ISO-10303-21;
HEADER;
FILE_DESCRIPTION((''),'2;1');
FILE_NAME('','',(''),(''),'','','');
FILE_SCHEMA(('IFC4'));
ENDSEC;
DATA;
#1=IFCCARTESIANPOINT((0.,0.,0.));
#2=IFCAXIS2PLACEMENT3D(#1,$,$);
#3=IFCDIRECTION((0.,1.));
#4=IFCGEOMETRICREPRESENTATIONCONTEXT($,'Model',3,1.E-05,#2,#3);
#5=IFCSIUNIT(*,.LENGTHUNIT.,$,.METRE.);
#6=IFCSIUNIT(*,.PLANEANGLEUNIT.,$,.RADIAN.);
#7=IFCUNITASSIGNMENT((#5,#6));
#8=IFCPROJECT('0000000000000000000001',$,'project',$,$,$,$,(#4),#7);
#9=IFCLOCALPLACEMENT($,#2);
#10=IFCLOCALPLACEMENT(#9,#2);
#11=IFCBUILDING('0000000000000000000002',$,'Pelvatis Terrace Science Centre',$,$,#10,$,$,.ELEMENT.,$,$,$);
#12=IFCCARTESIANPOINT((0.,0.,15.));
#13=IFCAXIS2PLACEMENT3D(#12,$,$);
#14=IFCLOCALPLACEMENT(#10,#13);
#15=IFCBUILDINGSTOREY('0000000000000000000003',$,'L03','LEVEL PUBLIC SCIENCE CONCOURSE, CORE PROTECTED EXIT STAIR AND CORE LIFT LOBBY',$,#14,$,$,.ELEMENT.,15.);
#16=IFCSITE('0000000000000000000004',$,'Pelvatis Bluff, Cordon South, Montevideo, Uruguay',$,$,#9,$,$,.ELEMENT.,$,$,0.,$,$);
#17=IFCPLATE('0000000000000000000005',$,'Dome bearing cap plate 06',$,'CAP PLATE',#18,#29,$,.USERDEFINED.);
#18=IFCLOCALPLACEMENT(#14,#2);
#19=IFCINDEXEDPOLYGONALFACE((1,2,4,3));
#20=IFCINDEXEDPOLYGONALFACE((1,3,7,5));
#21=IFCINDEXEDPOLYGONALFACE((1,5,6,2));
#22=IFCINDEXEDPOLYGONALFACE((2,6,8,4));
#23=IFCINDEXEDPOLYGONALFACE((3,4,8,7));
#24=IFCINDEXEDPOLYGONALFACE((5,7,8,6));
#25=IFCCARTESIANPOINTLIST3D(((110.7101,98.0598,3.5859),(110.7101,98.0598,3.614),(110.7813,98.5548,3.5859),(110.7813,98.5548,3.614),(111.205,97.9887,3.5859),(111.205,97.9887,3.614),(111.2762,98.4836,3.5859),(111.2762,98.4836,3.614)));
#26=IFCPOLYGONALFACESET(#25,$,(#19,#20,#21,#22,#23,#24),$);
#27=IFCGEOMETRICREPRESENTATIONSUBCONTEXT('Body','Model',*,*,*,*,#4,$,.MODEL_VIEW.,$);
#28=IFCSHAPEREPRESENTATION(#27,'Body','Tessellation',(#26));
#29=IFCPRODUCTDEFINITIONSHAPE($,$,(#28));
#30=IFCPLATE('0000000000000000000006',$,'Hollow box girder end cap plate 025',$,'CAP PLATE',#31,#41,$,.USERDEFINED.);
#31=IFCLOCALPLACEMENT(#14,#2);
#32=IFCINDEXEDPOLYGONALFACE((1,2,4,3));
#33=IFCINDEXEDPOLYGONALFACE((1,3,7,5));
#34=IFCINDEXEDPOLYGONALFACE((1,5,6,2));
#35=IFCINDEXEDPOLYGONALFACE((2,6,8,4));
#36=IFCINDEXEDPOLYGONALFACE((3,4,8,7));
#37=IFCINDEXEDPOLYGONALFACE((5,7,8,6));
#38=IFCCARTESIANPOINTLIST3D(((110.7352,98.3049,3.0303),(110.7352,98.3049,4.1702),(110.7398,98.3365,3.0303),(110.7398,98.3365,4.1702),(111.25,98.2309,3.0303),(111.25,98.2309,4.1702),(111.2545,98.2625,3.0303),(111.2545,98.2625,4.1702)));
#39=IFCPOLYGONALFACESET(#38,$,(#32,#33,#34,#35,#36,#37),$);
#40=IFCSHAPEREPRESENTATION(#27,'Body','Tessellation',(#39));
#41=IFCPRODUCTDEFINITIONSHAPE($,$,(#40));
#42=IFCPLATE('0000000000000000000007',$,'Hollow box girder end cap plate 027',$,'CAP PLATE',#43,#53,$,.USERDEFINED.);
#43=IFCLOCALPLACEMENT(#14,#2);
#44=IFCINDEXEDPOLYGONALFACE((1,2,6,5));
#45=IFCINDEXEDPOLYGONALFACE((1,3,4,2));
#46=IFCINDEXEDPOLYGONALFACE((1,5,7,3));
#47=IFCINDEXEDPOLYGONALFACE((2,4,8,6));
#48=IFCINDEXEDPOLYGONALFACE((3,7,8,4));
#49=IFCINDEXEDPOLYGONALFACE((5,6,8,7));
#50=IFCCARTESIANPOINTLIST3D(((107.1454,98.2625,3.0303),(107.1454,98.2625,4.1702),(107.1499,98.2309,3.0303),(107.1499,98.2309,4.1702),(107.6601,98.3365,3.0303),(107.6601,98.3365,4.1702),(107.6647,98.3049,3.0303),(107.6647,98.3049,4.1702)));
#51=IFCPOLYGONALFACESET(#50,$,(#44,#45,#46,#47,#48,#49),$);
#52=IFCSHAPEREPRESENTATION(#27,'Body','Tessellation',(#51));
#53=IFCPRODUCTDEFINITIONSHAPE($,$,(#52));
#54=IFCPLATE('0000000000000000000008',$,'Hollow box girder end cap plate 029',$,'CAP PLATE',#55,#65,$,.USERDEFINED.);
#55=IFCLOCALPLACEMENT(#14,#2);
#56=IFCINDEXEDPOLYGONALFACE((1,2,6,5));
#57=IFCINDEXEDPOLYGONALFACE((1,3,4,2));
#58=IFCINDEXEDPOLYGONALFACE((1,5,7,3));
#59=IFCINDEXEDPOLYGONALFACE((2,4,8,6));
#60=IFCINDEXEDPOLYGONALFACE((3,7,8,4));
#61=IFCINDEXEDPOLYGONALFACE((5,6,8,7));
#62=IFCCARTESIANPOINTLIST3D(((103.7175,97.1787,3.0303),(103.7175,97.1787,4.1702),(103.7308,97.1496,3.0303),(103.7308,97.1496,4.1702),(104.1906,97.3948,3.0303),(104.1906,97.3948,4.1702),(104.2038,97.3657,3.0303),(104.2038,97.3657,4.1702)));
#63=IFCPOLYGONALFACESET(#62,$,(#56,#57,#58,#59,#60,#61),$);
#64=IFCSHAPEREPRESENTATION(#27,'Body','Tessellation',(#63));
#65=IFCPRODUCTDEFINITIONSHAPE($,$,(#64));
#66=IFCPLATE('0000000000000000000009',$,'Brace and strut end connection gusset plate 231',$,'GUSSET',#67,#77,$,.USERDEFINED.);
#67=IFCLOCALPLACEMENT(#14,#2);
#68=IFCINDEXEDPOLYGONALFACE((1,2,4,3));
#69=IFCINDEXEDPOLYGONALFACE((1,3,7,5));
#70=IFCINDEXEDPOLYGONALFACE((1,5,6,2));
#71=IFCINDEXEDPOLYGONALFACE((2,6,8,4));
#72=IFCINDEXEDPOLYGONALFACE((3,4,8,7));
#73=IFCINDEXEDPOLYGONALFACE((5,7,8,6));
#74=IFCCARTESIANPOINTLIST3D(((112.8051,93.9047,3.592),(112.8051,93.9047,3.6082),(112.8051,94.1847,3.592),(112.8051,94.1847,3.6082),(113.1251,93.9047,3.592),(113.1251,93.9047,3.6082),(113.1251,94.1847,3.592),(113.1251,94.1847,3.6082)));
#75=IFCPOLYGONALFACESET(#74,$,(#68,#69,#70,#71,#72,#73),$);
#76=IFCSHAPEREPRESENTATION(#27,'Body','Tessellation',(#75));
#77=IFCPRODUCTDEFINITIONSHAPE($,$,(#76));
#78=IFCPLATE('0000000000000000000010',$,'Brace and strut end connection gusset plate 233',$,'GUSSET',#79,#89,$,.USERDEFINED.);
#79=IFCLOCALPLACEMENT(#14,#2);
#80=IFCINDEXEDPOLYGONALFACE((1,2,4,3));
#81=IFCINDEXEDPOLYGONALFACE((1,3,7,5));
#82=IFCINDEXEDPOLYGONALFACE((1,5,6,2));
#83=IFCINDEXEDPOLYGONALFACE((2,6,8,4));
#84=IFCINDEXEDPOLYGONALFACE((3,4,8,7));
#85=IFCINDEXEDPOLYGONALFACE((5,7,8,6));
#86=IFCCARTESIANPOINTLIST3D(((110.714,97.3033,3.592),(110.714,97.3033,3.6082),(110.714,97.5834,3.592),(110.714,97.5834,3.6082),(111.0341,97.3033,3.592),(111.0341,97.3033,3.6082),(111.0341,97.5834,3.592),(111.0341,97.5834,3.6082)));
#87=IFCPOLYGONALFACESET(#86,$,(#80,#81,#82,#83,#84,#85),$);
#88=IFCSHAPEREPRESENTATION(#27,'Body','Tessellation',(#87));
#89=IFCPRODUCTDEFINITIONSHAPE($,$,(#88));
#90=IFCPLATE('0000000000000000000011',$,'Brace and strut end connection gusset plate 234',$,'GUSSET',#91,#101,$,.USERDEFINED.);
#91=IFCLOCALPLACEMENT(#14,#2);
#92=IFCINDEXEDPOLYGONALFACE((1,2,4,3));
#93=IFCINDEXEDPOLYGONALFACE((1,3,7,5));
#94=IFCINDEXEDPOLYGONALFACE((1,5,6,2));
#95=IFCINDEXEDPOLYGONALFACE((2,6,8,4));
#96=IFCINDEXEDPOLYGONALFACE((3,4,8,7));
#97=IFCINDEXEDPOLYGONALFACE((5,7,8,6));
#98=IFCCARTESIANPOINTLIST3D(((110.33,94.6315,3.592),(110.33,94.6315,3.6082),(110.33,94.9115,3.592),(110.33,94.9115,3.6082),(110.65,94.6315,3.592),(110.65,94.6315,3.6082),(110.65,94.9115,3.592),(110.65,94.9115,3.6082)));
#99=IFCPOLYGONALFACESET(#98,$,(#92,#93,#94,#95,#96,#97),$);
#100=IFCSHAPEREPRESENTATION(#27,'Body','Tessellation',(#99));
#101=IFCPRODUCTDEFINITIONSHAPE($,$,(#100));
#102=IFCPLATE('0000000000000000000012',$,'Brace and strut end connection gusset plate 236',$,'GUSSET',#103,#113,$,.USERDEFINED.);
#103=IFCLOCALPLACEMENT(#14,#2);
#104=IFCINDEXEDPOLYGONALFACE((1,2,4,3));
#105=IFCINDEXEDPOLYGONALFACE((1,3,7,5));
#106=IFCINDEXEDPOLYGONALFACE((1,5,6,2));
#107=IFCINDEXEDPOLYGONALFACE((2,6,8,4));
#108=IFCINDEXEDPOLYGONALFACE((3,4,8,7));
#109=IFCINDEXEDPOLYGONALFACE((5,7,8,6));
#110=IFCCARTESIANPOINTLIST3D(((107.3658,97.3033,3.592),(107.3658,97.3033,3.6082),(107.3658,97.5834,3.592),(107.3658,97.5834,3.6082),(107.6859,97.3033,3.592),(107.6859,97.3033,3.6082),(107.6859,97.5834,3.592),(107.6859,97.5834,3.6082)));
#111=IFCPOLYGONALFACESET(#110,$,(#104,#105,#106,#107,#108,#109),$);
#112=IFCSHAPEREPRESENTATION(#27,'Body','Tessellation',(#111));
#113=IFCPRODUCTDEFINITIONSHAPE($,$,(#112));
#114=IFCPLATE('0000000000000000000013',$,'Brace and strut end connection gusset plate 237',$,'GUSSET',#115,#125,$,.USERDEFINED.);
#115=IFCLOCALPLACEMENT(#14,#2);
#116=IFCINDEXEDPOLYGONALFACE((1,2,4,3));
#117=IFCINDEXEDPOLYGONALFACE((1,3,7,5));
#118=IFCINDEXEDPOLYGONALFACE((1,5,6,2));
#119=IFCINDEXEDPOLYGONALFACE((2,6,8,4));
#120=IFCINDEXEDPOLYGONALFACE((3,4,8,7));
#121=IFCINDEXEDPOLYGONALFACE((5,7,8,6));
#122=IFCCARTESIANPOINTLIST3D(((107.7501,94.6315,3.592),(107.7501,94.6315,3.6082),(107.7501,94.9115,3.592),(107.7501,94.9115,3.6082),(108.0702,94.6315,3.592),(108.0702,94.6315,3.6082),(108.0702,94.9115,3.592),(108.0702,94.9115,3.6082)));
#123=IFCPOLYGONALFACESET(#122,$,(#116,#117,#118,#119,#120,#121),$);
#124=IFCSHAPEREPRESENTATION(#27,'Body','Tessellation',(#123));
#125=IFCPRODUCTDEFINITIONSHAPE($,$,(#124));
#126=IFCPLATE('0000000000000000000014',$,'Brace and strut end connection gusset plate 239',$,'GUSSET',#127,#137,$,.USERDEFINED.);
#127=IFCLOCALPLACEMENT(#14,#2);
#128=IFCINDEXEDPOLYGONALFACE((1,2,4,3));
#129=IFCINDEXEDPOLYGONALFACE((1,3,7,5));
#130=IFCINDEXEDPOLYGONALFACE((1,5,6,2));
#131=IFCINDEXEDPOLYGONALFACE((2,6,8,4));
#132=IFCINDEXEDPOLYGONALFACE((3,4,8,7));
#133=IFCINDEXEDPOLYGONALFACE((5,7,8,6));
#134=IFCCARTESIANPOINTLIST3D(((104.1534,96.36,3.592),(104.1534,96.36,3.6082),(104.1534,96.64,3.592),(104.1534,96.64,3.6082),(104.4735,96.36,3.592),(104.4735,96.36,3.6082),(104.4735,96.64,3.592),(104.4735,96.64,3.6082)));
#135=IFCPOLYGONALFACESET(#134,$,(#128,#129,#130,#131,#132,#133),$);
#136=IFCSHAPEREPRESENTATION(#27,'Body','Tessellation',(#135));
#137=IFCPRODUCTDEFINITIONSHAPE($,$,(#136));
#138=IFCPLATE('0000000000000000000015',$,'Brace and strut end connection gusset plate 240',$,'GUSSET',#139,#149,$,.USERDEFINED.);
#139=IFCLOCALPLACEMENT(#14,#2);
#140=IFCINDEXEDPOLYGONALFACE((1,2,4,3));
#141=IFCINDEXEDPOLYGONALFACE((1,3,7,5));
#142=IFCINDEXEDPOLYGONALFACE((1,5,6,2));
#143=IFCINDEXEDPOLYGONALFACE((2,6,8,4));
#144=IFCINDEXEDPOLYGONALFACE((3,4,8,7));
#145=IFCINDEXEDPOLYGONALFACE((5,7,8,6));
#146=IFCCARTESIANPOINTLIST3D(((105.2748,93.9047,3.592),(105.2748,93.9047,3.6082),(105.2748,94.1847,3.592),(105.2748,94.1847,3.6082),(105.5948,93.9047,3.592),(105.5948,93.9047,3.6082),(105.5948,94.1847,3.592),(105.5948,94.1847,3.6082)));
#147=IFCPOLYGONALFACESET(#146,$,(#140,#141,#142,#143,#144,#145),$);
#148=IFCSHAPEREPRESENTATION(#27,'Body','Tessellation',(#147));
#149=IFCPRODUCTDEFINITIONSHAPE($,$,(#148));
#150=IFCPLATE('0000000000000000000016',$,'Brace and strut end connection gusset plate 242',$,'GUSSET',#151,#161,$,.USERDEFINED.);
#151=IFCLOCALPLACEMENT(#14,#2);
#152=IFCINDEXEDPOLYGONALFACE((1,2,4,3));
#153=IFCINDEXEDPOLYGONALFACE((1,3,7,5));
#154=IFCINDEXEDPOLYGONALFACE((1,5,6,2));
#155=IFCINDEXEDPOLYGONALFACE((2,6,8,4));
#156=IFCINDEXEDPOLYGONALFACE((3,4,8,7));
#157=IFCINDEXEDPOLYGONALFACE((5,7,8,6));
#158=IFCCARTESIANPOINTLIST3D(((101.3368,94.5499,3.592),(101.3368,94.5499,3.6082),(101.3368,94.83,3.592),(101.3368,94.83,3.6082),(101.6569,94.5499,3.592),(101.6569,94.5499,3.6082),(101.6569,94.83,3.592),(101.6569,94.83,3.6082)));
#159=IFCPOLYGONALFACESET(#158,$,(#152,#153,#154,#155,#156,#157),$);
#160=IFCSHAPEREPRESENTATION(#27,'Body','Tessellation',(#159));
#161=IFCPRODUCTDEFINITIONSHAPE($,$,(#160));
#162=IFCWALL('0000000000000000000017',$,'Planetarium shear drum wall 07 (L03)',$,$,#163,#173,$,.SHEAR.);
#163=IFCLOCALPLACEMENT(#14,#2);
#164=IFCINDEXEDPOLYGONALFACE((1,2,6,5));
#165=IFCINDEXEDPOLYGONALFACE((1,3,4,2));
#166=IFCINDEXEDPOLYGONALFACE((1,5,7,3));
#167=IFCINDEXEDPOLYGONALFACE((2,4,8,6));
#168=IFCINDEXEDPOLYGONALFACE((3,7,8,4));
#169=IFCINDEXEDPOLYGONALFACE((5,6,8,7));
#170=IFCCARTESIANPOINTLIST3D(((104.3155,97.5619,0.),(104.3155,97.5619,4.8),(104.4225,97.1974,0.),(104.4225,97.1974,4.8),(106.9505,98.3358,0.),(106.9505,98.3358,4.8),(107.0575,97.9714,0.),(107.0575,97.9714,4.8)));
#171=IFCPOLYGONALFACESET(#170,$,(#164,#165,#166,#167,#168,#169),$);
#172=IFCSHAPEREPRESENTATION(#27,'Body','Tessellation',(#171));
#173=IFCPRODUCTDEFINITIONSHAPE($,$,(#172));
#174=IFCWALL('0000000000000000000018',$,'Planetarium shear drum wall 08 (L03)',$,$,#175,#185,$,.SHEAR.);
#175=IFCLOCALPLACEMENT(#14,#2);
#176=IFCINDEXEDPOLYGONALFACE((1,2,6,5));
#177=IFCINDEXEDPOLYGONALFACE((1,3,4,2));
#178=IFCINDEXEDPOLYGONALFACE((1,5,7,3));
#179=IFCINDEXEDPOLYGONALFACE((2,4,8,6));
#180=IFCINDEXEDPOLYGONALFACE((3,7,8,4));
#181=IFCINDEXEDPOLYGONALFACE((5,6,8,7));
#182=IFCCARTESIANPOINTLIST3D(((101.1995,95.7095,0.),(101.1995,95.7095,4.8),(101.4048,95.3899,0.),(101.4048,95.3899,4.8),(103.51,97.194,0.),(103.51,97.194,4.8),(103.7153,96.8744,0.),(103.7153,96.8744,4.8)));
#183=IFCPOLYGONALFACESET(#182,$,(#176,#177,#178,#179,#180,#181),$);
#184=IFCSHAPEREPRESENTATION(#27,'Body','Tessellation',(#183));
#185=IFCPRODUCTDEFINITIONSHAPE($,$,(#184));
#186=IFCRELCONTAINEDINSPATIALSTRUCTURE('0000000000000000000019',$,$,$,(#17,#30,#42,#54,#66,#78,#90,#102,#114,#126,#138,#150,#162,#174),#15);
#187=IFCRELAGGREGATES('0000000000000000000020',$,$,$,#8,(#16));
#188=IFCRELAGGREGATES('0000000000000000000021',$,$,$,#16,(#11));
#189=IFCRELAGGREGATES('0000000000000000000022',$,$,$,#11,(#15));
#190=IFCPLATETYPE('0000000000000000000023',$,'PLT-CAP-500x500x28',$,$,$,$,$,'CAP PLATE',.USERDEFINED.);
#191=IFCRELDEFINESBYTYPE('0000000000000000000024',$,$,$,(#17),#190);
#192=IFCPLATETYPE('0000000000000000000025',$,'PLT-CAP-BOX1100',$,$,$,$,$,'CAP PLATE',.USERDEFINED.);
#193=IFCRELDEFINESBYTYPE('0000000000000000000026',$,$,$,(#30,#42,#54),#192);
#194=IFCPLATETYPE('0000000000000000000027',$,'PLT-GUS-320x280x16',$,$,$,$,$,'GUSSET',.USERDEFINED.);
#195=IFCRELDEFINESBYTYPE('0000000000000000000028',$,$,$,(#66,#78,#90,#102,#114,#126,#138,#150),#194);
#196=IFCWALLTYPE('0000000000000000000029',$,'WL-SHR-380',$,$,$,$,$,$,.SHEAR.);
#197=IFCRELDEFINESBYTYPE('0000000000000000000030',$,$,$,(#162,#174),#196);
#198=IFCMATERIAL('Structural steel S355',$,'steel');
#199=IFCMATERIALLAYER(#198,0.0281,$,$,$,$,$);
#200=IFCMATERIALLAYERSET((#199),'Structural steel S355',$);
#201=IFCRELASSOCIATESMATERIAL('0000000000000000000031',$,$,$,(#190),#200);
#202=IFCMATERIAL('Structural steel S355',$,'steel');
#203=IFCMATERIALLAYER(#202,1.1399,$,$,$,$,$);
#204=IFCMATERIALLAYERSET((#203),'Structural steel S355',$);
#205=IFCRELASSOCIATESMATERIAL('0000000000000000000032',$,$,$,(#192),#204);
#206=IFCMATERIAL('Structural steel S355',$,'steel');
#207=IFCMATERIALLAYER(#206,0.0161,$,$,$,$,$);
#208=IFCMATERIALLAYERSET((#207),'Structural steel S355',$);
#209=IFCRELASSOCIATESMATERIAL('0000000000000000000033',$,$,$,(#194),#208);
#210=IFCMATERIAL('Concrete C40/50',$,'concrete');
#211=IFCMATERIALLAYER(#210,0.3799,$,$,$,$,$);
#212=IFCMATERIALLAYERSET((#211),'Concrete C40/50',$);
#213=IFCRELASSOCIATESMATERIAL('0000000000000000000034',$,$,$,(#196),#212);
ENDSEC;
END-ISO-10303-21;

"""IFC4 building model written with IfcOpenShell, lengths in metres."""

from ifc_helpers import new_model, si_unit, direction, frame, frame_2d, origin, origin_2d, place, context, subcontext, project, spatial, rectangle, extrude, material, layer, layer_set, type_object, element, save


model = new_model("IFC4")

# Units and contexts
model_context = context("Model", 3, precision=1e-05, world=origin(), true_north=direction((0.0, 1.0)))
body_context = subcontext(model_context, "Body", "Model", "MODEL_VIEW")
ifc_project = project(units=[si_unit("LENGTHUNIT", "METRE"), si_unit("PLANEANGLEUNIT", "RADIAN")], contexts=[model_context])

# Site, building, storey
site_placement = place(None, origin())
site = spatial("IfcSite", under=ifc_project, at=site_placement, Name="Pelvatis Bluff, Cordon South, Montevideo, Uruguay", CompositionType="ELEMENT", RefElevation=0.0)
building_placement = place(site_placement, origin())
building = spatial("IfcBuilding", under=site, at=building_placement, Name="Pelvatis Terrace Science Centre", CompositionType="ELEMENT")
storey_placement = place(building_placement, frame((0.0, 0.0, 15.0)))
storey = spatial("IfcBuildingStorey", under=building, at=storey_placement, Name="L03", Description="LEVEL PUBLIC SCIENCE CONCOURSE, CORE PROTECTED EXIT STAIR AND CORE LIFT LOBBY", CompositionType="ELEMENT", Elevation=15.0)

# Plates
ifc_material_1 = material(Name="Structural steel S355", Category="steel")
ifc_layer_1 = layer(ifc_material_1, 0.0281)
ifc_layer_set_1 = layer_set([ifc_layer_1], Name="Structural steel S355")
plate_type_1 = type_object("IfcPlateType", Name="PLT-CAP-500x500x28", ElementType="CAP PLATE", PredefinedType="USERDEFINED", material=ifc_layer_set_1)
plate_1_placement = place(storey_placement, frame((110.9932, 98.2717, 3.5859), z_axis=(0.0, 0.0, 1.0), x_axis=(0.142283, 0.989826, 0.0)))
element("IfcPlate", 1, at=plate_1_placement, inside=storey, type_object=plate_type_1, Name="Dome bearing cap plate 06", ObjectType="CAP PLATE", PredefinedType="USERDEFINED", context=body_context, shape_type="SweptSolid", body=[
    extrude(rectangle(XDim=0.5, YDim=0.5, at=origin_2d()), origin(), (0.0, 0.0, 1.0), 0.0281),
])
ifc_material_2 = material(Name="Structural steel S355", Category="steel")
ifc_layer_2 = layer(ifc_material_2, 1.1399)
ifc_layer_set_2 = layer_set([ifc_layer_2], Name="Structural steel S355")
plate_type_2 = type_object("IfcPlateType", Name="PLT-CAP-BOX1100", ElementType="CAP PLATE", PredefinedType="USERDEFINED", material=ifc_layer_set_2)
for number, where, z_axis, x_axis, name in (
    (2, (110.9949, 98.2837, 3.0303), (0.0, 0.0, 1.0), (-0.142283, -0.989826, 0.0), "Hollow box girder end cap plate 025"),
    (3, (107.405, 98.2837, 3.0303), (0.0, 0.0, 1.0), (0.142283, -0.989826, 0.0), "Hollow box girder end cap plate 027"),
    (4, (103.9607, 97.2722, 3.0303), (0.0, 0.0, 1.0), (0.415487, -0.909599, 0.0), "Hollow box girder end cap plate 029"),
):
    element("IfcPlate", number, at=place(storey_placement, frame(where, z_axis=z_axis, x_axis=x_axis)), inside=storey, type_object=plate_type_2, Name=name, ObjectType="CAP PLATE", PredefinedType="USERDEFINED", context=body_context, shape_type="SweptSolid", body=[
        extrude(rectangle(XDim=0.032, YDim=0.52, at=origin_2d()), origin(), (0.0, 0.0, 1.0), 1.1399),
    ])
ifc_material_3 = material(Name="Structural steel S355", Category="steel")
ifc_layer_3 = layer(ifc_material_3, 0.0161)
ifc_layer_set_3 = layer_set([ifc_layer_3], Name="Structural steel S355")
plate_type_3 = type_object("IfcPlateType", Name="PLT-GUS-320x280x16", ElementType="GUSSET", PredefinedType="USERDEFINED", material=ifc_layer_set_3)
for number, where, z_axis, x_axis, name in (
    (5, (112.9651, 94.0447, 3.592), (0.0, 0.0, 1.0), (1.0, 0.0, 0.0), "Brace and strut end connection gusset plate 231"),
    (6, (110.874, 97.4434, 3.592), (0.0, 0.0, 1.0), (1.0, 0.0, 0.0), "Brace and strut end connection gusset plate 233"),
    (7, (110.49, 94.7715, 3.592), (0.0, 0.0, 1.0), (1.0, 0.0, 0.0), "Brace and strut end connection gusset plate 234"),
    (8, (107.5259, 97.4434, 3.592), (0.0, 0.0, 1.0), (1.0, 0.0, 0.0), "Brace and strut end connection gusset plate 236"),
    (9, (107.9102, 94.7715, 3.592), (0.0, 0.0, 1.0), (1.0, 0.0, 0.0), "Brace and strut end connection gusset plate 237"),
    (10, (104.3135, 96.5, 3.592), (0.0, 0.0, 1.0), (1.0, 0.0, 0.0), "Brace and strut end connection gusset plate 239"),
    (11, (105.4348, 94.0447, 3.592), (0.0, 0.0, 1.0), (1.0, 0.0, 0.0), "Brace and strut end connection gusset plate 240"),
    (12, (101.4968, 94.6899, 3.592), (0.0, 0.0, 1.0), (1.0, 0.0, 0.0), "Brace and strut end connection gusset plate 242"),
):
    element("IfcPlate", number, at=place(storey_placement, frame(where, z_axis=z_axis, x_axis=x_axis)), inside=storey, type_object=plate_type_3, Name=name, ObjectType="GUSSET", PredefinedType="USERDEFINED", context=body_context, shape_type="SweptSolid", body=[
        extrude(rectangle(XDim=0.3201, YDim=0.28, at=origin_2d()), origin(), (0.0, 0.0, 1.0), 0.0161),
    ])

# Walls
ifc_material_4 = material(Name="Concrete C40/50", Category="concrete")
ifc_layer_4 = layer(ifc_material_4, 0.3799)
ifc_layer_set_4 = layer_set([ifc_layer_4], Name="Concrete C40/50")
wall_type = type_object("IfcWallType", Name="WL-SHR-380", PredefinedType="SHEAR", material=ifc_layer_set_4)
for number, where, z_axis, x_axis, name in (
    (13, (107.0039, 98.1536, 0.0), (0.0, 0.0, 1.0), (-0.959472, -0.281805, 0.0), "Planetarium shear drum wall 07 (L03)"),
    (14, (103.6125, 97.0342, 0.0), (0.0, 0.0, 1.0), (-0.8413, -0.540569, 0.0), "Planetarium shear drum wall 08 (L03)"),
):
    element("IfcWall", number, at=place(storey_placement, frame(where, z_axis=z_axis, x_axis=x_axis)), inside=storey, type_object=wall_type, Name=name, PredefinedType="SHEAR", context=body_context, shape_type="SweptSolid", body=[
        extrude(rectangle(XDim=2.7463, YDim=0.3799, at=frame_2d((1.373, 0.0))), origin(), (0.0, 0.0, 1.0), 4.8),
    ])

save(model, "model.ifc")
